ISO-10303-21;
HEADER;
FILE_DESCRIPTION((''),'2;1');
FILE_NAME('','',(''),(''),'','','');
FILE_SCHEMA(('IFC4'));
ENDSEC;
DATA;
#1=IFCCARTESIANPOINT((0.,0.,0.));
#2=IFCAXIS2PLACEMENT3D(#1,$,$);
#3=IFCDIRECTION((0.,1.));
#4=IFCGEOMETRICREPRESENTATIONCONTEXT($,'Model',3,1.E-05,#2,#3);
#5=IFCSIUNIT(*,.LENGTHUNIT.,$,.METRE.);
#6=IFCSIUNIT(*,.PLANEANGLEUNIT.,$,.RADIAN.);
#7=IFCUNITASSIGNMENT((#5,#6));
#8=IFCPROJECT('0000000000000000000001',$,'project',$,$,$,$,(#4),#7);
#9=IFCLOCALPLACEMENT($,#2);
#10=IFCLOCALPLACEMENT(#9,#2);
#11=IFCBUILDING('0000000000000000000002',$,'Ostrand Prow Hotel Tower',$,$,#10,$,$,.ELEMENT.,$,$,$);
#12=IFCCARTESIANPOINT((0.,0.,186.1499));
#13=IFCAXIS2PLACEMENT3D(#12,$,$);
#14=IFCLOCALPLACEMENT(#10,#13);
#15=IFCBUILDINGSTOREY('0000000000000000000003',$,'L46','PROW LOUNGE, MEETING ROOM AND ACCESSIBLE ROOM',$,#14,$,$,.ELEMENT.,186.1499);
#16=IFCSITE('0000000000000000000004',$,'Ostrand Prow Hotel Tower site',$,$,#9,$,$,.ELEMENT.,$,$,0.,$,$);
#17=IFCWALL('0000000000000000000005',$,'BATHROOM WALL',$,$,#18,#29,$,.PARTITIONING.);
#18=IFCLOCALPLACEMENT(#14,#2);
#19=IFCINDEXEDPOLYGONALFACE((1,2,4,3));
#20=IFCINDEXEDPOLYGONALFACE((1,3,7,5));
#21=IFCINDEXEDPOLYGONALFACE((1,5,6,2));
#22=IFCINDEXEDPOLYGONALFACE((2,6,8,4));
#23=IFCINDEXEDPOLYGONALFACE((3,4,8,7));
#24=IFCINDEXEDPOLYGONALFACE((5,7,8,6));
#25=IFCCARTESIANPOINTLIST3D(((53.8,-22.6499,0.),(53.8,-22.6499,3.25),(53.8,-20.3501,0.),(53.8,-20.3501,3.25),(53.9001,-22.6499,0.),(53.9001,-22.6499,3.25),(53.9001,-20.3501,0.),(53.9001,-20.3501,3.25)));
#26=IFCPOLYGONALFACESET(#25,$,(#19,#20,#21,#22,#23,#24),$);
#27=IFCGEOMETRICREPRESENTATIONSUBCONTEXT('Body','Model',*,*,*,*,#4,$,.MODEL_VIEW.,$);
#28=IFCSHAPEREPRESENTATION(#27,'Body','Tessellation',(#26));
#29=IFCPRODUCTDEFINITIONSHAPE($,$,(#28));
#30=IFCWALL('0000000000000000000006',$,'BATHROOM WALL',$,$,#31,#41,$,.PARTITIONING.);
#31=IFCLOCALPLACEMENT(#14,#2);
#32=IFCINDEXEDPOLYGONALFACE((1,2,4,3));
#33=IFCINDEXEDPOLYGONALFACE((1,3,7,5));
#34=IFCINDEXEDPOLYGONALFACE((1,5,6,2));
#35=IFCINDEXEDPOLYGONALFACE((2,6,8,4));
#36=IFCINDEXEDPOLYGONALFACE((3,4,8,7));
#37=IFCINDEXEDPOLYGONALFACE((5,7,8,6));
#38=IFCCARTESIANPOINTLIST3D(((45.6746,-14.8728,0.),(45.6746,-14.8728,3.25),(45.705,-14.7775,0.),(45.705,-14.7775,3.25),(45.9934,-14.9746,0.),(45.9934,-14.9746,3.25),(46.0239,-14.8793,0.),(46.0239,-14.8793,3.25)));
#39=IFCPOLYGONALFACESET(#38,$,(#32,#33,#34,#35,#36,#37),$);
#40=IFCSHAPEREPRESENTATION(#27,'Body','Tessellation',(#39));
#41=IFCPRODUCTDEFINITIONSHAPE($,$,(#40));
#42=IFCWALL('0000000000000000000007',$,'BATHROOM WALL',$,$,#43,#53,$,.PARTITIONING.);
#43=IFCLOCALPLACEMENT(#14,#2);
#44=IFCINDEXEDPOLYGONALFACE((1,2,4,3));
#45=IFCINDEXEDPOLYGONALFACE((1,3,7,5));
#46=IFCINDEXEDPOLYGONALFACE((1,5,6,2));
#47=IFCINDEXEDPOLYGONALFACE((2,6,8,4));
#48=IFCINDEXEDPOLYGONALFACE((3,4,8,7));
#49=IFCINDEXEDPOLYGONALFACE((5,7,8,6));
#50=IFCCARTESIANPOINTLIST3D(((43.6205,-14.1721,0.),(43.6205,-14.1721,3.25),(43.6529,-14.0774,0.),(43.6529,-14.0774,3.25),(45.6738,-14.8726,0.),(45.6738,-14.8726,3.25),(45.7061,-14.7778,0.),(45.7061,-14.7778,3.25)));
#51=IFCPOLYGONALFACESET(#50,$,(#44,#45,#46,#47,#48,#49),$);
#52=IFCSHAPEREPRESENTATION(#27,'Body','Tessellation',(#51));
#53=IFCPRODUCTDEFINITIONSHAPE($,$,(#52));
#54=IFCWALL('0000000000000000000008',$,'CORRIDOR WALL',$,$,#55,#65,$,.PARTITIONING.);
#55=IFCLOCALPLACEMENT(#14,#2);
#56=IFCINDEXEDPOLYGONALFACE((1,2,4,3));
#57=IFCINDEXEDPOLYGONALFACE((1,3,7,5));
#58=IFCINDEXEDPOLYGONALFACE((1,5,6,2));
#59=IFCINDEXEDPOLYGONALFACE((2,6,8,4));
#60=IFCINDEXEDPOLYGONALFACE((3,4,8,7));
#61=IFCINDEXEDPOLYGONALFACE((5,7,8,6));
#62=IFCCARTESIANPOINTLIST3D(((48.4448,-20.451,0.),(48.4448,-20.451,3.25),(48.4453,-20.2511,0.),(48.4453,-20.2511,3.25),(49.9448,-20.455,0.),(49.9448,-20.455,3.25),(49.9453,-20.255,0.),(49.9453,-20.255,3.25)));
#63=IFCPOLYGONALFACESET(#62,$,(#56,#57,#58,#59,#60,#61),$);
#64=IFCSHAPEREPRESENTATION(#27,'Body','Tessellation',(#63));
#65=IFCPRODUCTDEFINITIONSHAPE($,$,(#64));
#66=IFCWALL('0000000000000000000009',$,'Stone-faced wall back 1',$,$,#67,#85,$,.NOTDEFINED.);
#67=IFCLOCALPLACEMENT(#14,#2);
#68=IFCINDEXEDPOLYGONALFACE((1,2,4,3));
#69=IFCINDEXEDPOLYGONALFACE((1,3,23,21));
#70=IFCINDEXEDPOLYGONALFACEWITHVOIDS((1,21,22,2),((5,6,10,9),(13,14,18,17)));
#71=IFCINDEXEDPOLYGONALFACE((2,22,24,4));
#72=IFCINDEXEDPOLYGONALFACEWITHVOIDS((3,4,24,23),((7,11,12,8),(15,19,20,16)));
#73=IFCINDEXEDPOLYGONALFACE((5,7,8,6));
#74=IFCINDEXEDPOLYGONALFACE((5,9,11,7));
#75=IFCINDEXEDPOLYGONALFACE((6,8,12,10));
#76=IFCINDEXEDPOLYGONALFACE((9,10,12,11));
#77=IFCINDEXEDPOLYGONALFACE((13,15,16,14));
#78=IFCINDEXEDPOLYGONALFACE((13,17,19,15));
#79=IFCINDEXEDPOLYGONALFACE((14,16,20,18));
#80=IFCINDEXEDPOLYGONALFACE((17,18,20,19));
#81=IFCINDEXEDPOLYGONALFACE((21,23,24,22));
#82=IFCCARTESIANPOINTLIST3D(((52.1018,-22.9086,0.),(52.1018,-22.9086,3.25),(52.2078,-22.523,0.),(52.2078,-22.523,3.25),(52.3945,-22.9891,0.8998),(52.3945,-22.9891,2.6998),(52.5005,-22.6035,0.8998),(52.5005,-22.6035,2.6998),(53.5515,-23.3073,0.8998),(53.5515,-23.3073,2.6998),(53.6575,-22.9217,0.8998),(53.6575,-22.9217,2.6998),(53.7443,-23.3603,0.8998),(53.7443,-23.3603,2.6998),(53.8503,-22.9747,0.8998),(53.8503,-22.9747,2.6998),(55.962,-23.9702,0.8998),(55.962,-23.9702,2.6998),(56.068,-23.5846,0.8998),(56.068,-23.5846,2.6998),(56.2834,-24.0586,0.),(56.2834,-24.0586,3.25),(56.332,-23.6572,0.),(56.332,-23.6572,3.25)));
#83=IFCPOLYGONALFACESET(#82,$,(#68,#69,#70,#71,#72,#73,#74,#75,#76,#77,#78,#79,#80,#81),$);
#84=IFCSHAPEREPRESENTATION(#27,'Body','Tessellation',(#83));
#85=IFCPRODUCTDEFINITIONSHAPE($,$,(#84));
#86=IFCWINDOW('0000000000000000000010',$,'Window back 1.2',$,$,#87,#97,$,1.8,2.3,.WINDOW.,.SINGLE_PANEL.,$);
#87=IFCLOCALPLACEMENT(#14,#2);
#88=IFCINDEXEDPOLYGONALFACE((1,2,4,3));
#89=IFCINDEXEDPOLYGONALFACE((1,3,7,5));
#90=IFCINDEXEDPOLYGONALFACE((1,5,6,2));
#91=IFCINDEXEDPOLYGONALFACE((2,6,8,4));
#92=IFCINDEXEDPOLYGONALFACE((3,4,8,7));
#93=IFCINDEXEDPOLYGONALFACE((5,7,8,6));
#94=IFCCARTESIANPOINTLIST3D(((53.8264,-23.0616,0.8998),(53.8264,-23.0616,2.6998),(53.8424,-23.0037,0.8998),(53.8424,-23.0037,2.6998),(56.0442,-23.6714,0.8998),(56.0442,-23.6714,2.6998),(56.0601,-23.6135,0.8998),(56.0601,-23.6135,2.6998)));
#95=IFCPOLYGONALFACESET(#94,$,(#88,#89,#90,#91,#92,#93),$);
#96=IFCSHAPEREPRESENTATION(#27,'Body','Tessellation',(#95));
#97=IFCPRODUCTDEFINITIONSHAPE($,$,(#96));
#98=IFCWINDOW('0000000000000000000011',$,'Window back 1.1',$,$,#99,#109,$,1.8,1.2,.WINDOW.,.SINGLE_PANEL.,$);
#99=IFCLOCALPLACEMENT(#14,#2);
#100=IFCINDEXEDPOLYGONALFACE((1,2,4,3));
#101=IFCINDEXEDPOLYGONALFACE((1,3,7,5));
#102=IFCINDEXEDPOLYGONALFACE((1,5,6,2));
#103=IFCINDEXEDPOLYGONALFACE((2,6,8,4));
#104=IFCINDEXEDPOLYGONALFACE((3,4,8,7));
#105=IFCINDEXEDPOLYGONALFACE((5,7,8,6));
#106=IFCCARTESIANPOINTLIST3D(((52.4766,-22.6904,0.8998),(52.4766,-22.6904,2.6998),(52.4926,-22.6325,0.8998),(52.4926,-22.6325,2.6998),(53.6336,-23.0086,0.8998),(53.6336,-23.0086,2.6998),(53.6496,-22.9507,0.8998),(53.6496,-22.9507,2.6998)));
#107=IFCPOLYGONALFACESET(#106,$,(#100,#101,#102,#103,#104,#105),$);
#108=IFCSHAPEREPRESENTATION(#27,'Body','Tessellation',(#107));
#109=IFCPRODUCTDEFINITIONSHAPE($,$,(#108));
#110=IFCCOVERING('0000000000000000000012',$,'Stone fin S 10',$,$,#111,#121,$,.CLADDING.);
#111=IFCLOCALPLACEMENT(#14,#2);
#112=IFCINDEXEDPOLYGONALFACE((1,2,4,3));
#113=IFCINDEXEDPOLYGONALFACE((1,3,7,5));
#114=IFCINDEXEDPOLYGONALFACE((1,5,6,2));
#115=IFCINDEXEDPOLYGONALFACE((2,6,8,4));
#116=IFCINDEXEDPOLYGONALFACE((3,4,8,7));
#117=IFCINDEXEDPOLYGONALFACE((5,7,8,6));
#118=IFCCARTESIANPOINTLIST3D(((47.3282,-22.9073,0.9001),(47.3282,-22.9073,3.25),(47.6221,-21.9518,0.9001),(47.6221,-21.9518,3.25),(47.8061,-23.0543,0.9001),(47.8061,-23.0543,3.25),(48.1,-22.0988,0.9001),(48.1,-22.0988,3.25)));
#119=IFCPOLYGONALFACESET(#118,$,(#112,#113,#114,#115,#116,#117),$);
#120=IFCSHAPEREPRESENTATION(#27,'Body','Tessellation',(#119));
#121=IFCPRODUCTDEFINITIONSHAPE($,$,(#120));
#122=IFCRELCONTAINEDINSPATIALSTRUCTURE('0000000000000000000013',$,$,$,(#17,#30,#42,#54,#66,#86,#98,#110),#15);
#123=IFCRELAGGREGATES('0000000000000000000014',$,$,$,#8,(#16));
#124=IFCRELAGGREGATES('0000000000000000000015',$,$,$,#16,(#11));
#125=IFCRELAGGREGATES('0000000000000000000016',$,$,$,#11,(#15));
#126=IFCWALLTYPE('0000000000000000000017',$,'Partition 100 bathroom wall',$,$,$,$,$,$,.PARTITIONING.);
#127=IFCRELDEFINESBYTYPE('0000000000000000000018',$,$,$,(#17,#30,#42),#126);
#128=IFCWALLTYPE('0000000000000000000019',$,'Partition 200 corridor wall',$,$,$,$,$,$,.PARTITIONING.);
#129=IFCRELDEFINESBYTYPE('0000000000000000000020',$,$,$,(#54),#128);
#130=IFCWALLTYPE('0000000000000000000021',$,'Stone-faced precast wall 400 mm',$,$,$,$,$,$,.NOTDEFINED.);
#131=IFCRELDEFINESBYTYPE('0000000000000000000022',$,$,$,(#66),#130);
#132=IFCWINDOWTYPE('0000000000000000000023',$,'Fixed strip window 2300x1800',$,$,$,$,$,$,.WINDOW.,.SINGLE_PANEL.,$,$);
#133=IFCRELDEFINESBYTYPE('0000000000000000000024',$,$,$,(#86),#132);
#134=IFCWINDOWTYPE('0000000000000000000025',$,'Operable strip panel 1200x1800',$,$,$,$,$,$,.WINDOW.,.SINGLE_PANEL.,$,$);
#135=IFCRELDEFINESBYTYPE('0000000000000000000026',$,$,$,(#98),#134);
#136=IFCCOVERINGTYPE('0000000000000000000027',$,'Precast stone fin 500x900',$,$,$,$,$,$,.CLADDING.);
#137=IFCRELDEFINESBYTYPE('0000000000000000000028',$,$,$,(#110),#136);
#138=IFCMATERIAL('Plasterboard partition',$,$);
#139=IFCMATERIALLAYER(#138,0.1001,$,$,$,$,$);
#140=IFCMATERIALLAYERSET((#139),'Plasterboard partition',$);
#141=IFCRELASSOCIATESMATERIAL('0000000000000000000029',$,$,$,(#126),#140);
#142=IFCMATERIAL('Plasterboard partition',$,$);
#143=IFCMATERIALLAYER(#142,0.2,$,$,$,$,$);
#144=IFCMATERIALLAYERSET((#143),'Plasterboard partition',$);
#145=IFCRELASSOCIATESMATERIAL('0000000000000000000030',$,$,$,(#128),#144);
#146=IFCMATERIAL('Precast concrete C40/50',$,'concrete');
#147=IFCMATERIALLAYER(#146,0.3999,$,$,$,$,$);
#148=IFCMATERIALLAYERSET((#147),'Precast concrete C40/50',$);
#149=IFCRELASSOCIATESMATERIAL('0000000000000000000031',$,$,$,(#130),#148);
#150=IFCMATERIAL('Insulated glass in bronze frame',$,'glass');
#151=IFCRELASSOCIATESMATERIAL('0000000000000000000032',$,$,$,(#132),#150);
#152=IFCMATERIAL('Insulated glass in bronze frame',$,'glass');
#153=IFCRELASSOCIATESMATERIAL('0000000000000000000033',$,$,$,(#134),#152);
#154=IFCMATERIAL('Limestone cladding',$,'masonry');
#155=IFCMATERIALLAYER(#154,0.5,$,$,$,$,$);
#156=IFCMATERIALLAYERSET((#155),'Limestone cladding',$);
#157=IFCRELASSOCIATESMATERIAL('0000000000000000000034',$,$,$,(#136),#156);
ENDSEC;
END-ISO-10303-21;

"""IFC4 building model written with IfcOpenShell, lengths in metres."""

from ifc_helpers import new_model, si_unit, direction, frame, frame_2d, origin, place, context, subcontext, project, spatial, polyline, rectangle, outline, extrude, material, layer, layer_set, type_object, element, fill, save


model = new_model("IFC4")

# Units and contexts
model_context = context("Model", 3, precision=1e-05, world=origin(), true_north=direction((0.0, 1.0)))
body_context = subcontext(model_context, "Body", "Model", "MODEL_VIEW")
ifc_project = project(units=[si_unit("LENGTHUNIT", "METRE"), si_unit("PLANEANGLEUNIT", "RADIAN")], contexts=[model_context])

# Site, building, storey
site_placement = place(None, origin())
site = spatial("IfcSite", under=ifc_project, at=site_placement, Name="Ostrand Prow Hotel Tower site", CompositionType="ELEMENT", RefElevation=0.0)
building_placement = place(site_placement, origin())
building = spatial("IfcBuilding", under=site, at=building_placement, Name="Ostrand Prow Hotel Tower", CompositionType="ELEMENT")
storey_placement = place(building_placement, frame((0.0, 0.0, 186.1499)))
storey = spatial("IfcBuildingStorey", under=building, at=storey_placement, Name="L46", Description="PROW LOUNGE, MEETING ROOM AND ACCESSIBLE ROOM", CompositionType="ELEMENT", Elevation=186.1499)

# Walls
ifc_material_1 = material(Name="Plasterboard partition")
ifc_layer_1 = layer(ifc_material_1, 0.1001)
ifc_layer_set_1 = layer_set([ifc_layer_1], Name="Plasterboard partition")
wall_type_1 = type_object("IfcWallType", Name="Partition 100 bathroom wall", PredefinedType="PARTITIONING", material=ifc_layer_set_1)
wall_1_placement = place(storey_placement, frame((53.8501, -22.6499, 0.0), z_axis=(0.0, 0.0, 1.0), x_axis=(0.0, 1.0, 0.0)))
element("IfcWall", 1, at=wall_1_placement, inside=storey, type_object=wall_type_1, Name="BATHROOM WALL", PredefinedType="PARTITIONING", context=body_context, shape_type="SweptSolid", body=[
    extrude(rectangle(XDim=2.2998, YDim=0.1001, at=frame_2d((1.1499, 0.0))), origin(), (0.0, 0.0, 1.0), 3.25),
])
wall_2_placement = place(storey_placement, frame((46.0088, -14.927, 0.0), z_axis=(0.0, 0.0, 1.0), x_axis=(-0.952619, 0.304167, 0.0)))
element("IfcWall", 2, at=wall_2_placement, inside=storey, type_object=wall_type_1, Name="BATHROOM WALL", PredefinedType="PARTITIONING", context=body_context, shape_type="SweptSolid", body=[
    extrude(rectangle(XDim=0.3347, YDim=0.1001, at=frame_2d((0.1675, 0.0))), origin(), (0.0, 0.0, 1.0), 3.25),
])
wall_3_placement = place(storey_placement, frame((45.6899, -14.8252, 0.0), z_axis=(0.0, 0.0, 1.0), x_axis=(-0.946443, 0.322871, 0.0)))
element("IfcWall", 3, at=wall_3_placement, inside=storey, type_object=wall_type_1, Name="BATHROOM WALL", PredefinedType="PARTITIONING", context=body_context, shape_type="SweptSolid", body=[
    extrude(rectangle(XDim=2.1694, YDim=0.1001, at=frame_2d((1.0847, 0.0))), origin(), (0.0, 0.0, 1.0), 3.25),
])
ifc_material_2 = material(Name="Plasterboard partition")
ifc_layer_2 = layer(ifc_material_2, 0.2)
ifc_layer_set_2 = layer_set([ifc_layer_2], Name="Plasterboard partition")
wall_type_2 = type_object("IfcWallType", Name="Partition 200 corridor wall", PredefinedType="PARTITIONING", material=ifc_layer_set_2)
wall_4_placement = place(storey_placement, frame((48.4451, -20.3511, 0.0), z_axis=(0.0, 0.0, 1.0), x_axis=(0.999997, -0.002604, 0.0)))
element("IfcWall", 4, at=wall_4_placement, inside=storey, type_object=wall_type_2, Name="CORRIDOR WALL", PredefinedType="PARTITIONING", context=body_context, shape_type="SweptSolid", body=[
    extrude(rectangle(XDim=1.5, YDim=0.2, at=frame_2d((0.75, 0.0))), origin(), (0.0, 0.0, 1.0), 3.25),
])

# Wall, openings, windows
ifc_material_3 = material(Name="Precast concrete C40/50", Category="concrete")
ifc_layer_3 = layer(ifc_material_3, 0.3999)
ifc_layer_set_3 = layer_set([ifc_layer_3], Name="Precast concrete C40/50")
wall_type_3 = type_object("IfcWallType", Name="Stone-faced precast wall 400 mm", PredefinedType="NOTDEFINED", material=ifc_layer_set_3)
wall_5_placement = place(storey_placement, frame((52.1548, -22.7158, 0.0), z_axis=(0.0, 0.0, 1.0), x_axis=(0.964206, -0.265155, 0.0)))
wall_5 = element("IfcWall", 5, at=wall_5_placement, inside=storey, type_object=wall_type_3, Name="Stone-faced wall back 1", PredefinedType="NOTDEFINED", context=body_context, shape_type="SweptSolid", body=[
    extrude(outline(polyline([(0.0, -0.2), (4.3369, -0.2), (4.2773, 0.2), (0.0, 0.2), (0.0, -0.2)])), origin(), (0.0, 0.0, 1.0), 3.25),
])
opening_1_placement = place(wall_5_placement, frame((0.3035, 0.0, 0.8999)))
opening_1 = element("IfcOpeningElement", 6, at=opening_1_placement, cuts=wall_5, PredefinedType="OPENING", context=body_context, shape_type="SweptSolid", body=[
    extrude(rectangle(XDim=1.2, YDim=1.8, at=frame_2d((0.6001, 0.8999))), frame((0.0, 0.21, 0.0), z_axis=(0.0, -1.0, 0.0), x_axis=(1.0, 0.0, 0.0)), (0.0, 0.0, 1.0), 0.4199),
])
opening_2_placement = place(wall_5_placement, frame((1.7036, 0.0, 0.8999)))
opening_2 = element("IfcOpeningElement", 7, at=opening_2_placement, cuts=wall_5, PredefinedType="OPENING", context=body_context, shape_type="SweptSolid", body=[
    extrude(rectangle(XDim=2.3, YDim=1.8, at=frame_2d((1.1499, 0.8999))), frame((0.0, 0.21, 0.0), z_axis=(0.0, -1.0, 0.0), x_axis=(1.0, 0.0, 0.0)), (0.0, 0.0, 1.0), 0.4199),
])
ifc_material_4 = material(Name="Insulated glass in bronze frame", Category="glass")
window_type_1 = type_object("IfcWindowType", Name="Fixed strip window 2300x1800", PartitioningType="SINGLE_PANEL", PredefinedType="WINDOW", material=ifc_material_4)
window_1_placement = place(opening_2_placement, origin())
window_1 = element("IfcWindow", 8, at=window_1_placement, inside=storey, type_object=window_type_1, Name="Window back 1.2", OverallHeight=1.8, OverallWidth=2.3, PartitioningType="SINGLE_PANEL", PredefinedType="WINDOW", context=body_context, shape_type="SweptSolid", body=[
    extrude(rectangle(XDim=2.3, YDim=1.8, at=frame_2d((1.1499, 0.8999))), frame((0.0, 0.1699, 0.0), z_axis=(0.0, -1.0, 0.0), x_axis=(1.0, 0.0, 0.0)), (0.0, 0.0, 1.0), 0.0601),
])
fill(opening_2, window_1)
ifc_material_5 = material(Name="Insulated glass in bronze frame", Category="glass")
window_type_2 = type_object("IfcWindowType", Name="Operable strip panel 1200x1800", PartitioningType="SINGLE_PANEL", PredefinedType="WINDOW", material=ifc_material_5)
window_2_placement = place(opening_1_placement, origin())
window_2 = element("IfcWindow", 9, at=window_2_placement, inside=storey, type_object=window_type_2, Name="Window back 1.1", OverallHeight=1.8, OverallWidth=1.2, PartitioningType="SINGLE_PANEL", PredefinedType="WINDOW", context=body_context, shape_type="SweptSolid", body=[
    extrude(rectangle(XDim=1.2, YDim=1.8, at=frame_2d((0.6001, 0.8999))), frame((0.0, 0.1699, 0.0), z_axis=(0.0, -1.0, 0.0), x_axis=(1.0, 0.0, 0.0)), (0.0, 0.0, 1.0), 0.0601),
])
fill(opening_1, window_2)

# Covering
ifc_material_6 = material(Name="Limestone cladding", Category="masonry")
ifc_layer_4 = layer(ifc_material_6, 0.5)
ifc_layer_set_4 = layer_set([ifc_layer_4], Name="Limestone cladding")
covering_type = type_object("IfcCoveringType", Name="Precast stone fin 500x900", PredefinedType="CLADDING", material=ifc_layer_set_4)
covering_placement = place(storey_placement, frame((47.8611, -22.0251, 0.9001), z_axis=(0.0, 0.0, 1.0), x_axis=(-0.294017, -0.9558, 0.0)))
element("IfcCovering", 10, at=covering_placement, inside=storey, type_object=covering_type, Name="Stone fin S 10", PredefinedType="CLADDING", context=body_context, shape_type="SweptSolid", body=[
    extrude(rectangle(XDim=0.9998, YDim=0.5, at=frame_2d((0.5, 0.0))), origin(), (0.0, 0.0, 1.0), 2.3499),
])

save(model, "model.ifc")
